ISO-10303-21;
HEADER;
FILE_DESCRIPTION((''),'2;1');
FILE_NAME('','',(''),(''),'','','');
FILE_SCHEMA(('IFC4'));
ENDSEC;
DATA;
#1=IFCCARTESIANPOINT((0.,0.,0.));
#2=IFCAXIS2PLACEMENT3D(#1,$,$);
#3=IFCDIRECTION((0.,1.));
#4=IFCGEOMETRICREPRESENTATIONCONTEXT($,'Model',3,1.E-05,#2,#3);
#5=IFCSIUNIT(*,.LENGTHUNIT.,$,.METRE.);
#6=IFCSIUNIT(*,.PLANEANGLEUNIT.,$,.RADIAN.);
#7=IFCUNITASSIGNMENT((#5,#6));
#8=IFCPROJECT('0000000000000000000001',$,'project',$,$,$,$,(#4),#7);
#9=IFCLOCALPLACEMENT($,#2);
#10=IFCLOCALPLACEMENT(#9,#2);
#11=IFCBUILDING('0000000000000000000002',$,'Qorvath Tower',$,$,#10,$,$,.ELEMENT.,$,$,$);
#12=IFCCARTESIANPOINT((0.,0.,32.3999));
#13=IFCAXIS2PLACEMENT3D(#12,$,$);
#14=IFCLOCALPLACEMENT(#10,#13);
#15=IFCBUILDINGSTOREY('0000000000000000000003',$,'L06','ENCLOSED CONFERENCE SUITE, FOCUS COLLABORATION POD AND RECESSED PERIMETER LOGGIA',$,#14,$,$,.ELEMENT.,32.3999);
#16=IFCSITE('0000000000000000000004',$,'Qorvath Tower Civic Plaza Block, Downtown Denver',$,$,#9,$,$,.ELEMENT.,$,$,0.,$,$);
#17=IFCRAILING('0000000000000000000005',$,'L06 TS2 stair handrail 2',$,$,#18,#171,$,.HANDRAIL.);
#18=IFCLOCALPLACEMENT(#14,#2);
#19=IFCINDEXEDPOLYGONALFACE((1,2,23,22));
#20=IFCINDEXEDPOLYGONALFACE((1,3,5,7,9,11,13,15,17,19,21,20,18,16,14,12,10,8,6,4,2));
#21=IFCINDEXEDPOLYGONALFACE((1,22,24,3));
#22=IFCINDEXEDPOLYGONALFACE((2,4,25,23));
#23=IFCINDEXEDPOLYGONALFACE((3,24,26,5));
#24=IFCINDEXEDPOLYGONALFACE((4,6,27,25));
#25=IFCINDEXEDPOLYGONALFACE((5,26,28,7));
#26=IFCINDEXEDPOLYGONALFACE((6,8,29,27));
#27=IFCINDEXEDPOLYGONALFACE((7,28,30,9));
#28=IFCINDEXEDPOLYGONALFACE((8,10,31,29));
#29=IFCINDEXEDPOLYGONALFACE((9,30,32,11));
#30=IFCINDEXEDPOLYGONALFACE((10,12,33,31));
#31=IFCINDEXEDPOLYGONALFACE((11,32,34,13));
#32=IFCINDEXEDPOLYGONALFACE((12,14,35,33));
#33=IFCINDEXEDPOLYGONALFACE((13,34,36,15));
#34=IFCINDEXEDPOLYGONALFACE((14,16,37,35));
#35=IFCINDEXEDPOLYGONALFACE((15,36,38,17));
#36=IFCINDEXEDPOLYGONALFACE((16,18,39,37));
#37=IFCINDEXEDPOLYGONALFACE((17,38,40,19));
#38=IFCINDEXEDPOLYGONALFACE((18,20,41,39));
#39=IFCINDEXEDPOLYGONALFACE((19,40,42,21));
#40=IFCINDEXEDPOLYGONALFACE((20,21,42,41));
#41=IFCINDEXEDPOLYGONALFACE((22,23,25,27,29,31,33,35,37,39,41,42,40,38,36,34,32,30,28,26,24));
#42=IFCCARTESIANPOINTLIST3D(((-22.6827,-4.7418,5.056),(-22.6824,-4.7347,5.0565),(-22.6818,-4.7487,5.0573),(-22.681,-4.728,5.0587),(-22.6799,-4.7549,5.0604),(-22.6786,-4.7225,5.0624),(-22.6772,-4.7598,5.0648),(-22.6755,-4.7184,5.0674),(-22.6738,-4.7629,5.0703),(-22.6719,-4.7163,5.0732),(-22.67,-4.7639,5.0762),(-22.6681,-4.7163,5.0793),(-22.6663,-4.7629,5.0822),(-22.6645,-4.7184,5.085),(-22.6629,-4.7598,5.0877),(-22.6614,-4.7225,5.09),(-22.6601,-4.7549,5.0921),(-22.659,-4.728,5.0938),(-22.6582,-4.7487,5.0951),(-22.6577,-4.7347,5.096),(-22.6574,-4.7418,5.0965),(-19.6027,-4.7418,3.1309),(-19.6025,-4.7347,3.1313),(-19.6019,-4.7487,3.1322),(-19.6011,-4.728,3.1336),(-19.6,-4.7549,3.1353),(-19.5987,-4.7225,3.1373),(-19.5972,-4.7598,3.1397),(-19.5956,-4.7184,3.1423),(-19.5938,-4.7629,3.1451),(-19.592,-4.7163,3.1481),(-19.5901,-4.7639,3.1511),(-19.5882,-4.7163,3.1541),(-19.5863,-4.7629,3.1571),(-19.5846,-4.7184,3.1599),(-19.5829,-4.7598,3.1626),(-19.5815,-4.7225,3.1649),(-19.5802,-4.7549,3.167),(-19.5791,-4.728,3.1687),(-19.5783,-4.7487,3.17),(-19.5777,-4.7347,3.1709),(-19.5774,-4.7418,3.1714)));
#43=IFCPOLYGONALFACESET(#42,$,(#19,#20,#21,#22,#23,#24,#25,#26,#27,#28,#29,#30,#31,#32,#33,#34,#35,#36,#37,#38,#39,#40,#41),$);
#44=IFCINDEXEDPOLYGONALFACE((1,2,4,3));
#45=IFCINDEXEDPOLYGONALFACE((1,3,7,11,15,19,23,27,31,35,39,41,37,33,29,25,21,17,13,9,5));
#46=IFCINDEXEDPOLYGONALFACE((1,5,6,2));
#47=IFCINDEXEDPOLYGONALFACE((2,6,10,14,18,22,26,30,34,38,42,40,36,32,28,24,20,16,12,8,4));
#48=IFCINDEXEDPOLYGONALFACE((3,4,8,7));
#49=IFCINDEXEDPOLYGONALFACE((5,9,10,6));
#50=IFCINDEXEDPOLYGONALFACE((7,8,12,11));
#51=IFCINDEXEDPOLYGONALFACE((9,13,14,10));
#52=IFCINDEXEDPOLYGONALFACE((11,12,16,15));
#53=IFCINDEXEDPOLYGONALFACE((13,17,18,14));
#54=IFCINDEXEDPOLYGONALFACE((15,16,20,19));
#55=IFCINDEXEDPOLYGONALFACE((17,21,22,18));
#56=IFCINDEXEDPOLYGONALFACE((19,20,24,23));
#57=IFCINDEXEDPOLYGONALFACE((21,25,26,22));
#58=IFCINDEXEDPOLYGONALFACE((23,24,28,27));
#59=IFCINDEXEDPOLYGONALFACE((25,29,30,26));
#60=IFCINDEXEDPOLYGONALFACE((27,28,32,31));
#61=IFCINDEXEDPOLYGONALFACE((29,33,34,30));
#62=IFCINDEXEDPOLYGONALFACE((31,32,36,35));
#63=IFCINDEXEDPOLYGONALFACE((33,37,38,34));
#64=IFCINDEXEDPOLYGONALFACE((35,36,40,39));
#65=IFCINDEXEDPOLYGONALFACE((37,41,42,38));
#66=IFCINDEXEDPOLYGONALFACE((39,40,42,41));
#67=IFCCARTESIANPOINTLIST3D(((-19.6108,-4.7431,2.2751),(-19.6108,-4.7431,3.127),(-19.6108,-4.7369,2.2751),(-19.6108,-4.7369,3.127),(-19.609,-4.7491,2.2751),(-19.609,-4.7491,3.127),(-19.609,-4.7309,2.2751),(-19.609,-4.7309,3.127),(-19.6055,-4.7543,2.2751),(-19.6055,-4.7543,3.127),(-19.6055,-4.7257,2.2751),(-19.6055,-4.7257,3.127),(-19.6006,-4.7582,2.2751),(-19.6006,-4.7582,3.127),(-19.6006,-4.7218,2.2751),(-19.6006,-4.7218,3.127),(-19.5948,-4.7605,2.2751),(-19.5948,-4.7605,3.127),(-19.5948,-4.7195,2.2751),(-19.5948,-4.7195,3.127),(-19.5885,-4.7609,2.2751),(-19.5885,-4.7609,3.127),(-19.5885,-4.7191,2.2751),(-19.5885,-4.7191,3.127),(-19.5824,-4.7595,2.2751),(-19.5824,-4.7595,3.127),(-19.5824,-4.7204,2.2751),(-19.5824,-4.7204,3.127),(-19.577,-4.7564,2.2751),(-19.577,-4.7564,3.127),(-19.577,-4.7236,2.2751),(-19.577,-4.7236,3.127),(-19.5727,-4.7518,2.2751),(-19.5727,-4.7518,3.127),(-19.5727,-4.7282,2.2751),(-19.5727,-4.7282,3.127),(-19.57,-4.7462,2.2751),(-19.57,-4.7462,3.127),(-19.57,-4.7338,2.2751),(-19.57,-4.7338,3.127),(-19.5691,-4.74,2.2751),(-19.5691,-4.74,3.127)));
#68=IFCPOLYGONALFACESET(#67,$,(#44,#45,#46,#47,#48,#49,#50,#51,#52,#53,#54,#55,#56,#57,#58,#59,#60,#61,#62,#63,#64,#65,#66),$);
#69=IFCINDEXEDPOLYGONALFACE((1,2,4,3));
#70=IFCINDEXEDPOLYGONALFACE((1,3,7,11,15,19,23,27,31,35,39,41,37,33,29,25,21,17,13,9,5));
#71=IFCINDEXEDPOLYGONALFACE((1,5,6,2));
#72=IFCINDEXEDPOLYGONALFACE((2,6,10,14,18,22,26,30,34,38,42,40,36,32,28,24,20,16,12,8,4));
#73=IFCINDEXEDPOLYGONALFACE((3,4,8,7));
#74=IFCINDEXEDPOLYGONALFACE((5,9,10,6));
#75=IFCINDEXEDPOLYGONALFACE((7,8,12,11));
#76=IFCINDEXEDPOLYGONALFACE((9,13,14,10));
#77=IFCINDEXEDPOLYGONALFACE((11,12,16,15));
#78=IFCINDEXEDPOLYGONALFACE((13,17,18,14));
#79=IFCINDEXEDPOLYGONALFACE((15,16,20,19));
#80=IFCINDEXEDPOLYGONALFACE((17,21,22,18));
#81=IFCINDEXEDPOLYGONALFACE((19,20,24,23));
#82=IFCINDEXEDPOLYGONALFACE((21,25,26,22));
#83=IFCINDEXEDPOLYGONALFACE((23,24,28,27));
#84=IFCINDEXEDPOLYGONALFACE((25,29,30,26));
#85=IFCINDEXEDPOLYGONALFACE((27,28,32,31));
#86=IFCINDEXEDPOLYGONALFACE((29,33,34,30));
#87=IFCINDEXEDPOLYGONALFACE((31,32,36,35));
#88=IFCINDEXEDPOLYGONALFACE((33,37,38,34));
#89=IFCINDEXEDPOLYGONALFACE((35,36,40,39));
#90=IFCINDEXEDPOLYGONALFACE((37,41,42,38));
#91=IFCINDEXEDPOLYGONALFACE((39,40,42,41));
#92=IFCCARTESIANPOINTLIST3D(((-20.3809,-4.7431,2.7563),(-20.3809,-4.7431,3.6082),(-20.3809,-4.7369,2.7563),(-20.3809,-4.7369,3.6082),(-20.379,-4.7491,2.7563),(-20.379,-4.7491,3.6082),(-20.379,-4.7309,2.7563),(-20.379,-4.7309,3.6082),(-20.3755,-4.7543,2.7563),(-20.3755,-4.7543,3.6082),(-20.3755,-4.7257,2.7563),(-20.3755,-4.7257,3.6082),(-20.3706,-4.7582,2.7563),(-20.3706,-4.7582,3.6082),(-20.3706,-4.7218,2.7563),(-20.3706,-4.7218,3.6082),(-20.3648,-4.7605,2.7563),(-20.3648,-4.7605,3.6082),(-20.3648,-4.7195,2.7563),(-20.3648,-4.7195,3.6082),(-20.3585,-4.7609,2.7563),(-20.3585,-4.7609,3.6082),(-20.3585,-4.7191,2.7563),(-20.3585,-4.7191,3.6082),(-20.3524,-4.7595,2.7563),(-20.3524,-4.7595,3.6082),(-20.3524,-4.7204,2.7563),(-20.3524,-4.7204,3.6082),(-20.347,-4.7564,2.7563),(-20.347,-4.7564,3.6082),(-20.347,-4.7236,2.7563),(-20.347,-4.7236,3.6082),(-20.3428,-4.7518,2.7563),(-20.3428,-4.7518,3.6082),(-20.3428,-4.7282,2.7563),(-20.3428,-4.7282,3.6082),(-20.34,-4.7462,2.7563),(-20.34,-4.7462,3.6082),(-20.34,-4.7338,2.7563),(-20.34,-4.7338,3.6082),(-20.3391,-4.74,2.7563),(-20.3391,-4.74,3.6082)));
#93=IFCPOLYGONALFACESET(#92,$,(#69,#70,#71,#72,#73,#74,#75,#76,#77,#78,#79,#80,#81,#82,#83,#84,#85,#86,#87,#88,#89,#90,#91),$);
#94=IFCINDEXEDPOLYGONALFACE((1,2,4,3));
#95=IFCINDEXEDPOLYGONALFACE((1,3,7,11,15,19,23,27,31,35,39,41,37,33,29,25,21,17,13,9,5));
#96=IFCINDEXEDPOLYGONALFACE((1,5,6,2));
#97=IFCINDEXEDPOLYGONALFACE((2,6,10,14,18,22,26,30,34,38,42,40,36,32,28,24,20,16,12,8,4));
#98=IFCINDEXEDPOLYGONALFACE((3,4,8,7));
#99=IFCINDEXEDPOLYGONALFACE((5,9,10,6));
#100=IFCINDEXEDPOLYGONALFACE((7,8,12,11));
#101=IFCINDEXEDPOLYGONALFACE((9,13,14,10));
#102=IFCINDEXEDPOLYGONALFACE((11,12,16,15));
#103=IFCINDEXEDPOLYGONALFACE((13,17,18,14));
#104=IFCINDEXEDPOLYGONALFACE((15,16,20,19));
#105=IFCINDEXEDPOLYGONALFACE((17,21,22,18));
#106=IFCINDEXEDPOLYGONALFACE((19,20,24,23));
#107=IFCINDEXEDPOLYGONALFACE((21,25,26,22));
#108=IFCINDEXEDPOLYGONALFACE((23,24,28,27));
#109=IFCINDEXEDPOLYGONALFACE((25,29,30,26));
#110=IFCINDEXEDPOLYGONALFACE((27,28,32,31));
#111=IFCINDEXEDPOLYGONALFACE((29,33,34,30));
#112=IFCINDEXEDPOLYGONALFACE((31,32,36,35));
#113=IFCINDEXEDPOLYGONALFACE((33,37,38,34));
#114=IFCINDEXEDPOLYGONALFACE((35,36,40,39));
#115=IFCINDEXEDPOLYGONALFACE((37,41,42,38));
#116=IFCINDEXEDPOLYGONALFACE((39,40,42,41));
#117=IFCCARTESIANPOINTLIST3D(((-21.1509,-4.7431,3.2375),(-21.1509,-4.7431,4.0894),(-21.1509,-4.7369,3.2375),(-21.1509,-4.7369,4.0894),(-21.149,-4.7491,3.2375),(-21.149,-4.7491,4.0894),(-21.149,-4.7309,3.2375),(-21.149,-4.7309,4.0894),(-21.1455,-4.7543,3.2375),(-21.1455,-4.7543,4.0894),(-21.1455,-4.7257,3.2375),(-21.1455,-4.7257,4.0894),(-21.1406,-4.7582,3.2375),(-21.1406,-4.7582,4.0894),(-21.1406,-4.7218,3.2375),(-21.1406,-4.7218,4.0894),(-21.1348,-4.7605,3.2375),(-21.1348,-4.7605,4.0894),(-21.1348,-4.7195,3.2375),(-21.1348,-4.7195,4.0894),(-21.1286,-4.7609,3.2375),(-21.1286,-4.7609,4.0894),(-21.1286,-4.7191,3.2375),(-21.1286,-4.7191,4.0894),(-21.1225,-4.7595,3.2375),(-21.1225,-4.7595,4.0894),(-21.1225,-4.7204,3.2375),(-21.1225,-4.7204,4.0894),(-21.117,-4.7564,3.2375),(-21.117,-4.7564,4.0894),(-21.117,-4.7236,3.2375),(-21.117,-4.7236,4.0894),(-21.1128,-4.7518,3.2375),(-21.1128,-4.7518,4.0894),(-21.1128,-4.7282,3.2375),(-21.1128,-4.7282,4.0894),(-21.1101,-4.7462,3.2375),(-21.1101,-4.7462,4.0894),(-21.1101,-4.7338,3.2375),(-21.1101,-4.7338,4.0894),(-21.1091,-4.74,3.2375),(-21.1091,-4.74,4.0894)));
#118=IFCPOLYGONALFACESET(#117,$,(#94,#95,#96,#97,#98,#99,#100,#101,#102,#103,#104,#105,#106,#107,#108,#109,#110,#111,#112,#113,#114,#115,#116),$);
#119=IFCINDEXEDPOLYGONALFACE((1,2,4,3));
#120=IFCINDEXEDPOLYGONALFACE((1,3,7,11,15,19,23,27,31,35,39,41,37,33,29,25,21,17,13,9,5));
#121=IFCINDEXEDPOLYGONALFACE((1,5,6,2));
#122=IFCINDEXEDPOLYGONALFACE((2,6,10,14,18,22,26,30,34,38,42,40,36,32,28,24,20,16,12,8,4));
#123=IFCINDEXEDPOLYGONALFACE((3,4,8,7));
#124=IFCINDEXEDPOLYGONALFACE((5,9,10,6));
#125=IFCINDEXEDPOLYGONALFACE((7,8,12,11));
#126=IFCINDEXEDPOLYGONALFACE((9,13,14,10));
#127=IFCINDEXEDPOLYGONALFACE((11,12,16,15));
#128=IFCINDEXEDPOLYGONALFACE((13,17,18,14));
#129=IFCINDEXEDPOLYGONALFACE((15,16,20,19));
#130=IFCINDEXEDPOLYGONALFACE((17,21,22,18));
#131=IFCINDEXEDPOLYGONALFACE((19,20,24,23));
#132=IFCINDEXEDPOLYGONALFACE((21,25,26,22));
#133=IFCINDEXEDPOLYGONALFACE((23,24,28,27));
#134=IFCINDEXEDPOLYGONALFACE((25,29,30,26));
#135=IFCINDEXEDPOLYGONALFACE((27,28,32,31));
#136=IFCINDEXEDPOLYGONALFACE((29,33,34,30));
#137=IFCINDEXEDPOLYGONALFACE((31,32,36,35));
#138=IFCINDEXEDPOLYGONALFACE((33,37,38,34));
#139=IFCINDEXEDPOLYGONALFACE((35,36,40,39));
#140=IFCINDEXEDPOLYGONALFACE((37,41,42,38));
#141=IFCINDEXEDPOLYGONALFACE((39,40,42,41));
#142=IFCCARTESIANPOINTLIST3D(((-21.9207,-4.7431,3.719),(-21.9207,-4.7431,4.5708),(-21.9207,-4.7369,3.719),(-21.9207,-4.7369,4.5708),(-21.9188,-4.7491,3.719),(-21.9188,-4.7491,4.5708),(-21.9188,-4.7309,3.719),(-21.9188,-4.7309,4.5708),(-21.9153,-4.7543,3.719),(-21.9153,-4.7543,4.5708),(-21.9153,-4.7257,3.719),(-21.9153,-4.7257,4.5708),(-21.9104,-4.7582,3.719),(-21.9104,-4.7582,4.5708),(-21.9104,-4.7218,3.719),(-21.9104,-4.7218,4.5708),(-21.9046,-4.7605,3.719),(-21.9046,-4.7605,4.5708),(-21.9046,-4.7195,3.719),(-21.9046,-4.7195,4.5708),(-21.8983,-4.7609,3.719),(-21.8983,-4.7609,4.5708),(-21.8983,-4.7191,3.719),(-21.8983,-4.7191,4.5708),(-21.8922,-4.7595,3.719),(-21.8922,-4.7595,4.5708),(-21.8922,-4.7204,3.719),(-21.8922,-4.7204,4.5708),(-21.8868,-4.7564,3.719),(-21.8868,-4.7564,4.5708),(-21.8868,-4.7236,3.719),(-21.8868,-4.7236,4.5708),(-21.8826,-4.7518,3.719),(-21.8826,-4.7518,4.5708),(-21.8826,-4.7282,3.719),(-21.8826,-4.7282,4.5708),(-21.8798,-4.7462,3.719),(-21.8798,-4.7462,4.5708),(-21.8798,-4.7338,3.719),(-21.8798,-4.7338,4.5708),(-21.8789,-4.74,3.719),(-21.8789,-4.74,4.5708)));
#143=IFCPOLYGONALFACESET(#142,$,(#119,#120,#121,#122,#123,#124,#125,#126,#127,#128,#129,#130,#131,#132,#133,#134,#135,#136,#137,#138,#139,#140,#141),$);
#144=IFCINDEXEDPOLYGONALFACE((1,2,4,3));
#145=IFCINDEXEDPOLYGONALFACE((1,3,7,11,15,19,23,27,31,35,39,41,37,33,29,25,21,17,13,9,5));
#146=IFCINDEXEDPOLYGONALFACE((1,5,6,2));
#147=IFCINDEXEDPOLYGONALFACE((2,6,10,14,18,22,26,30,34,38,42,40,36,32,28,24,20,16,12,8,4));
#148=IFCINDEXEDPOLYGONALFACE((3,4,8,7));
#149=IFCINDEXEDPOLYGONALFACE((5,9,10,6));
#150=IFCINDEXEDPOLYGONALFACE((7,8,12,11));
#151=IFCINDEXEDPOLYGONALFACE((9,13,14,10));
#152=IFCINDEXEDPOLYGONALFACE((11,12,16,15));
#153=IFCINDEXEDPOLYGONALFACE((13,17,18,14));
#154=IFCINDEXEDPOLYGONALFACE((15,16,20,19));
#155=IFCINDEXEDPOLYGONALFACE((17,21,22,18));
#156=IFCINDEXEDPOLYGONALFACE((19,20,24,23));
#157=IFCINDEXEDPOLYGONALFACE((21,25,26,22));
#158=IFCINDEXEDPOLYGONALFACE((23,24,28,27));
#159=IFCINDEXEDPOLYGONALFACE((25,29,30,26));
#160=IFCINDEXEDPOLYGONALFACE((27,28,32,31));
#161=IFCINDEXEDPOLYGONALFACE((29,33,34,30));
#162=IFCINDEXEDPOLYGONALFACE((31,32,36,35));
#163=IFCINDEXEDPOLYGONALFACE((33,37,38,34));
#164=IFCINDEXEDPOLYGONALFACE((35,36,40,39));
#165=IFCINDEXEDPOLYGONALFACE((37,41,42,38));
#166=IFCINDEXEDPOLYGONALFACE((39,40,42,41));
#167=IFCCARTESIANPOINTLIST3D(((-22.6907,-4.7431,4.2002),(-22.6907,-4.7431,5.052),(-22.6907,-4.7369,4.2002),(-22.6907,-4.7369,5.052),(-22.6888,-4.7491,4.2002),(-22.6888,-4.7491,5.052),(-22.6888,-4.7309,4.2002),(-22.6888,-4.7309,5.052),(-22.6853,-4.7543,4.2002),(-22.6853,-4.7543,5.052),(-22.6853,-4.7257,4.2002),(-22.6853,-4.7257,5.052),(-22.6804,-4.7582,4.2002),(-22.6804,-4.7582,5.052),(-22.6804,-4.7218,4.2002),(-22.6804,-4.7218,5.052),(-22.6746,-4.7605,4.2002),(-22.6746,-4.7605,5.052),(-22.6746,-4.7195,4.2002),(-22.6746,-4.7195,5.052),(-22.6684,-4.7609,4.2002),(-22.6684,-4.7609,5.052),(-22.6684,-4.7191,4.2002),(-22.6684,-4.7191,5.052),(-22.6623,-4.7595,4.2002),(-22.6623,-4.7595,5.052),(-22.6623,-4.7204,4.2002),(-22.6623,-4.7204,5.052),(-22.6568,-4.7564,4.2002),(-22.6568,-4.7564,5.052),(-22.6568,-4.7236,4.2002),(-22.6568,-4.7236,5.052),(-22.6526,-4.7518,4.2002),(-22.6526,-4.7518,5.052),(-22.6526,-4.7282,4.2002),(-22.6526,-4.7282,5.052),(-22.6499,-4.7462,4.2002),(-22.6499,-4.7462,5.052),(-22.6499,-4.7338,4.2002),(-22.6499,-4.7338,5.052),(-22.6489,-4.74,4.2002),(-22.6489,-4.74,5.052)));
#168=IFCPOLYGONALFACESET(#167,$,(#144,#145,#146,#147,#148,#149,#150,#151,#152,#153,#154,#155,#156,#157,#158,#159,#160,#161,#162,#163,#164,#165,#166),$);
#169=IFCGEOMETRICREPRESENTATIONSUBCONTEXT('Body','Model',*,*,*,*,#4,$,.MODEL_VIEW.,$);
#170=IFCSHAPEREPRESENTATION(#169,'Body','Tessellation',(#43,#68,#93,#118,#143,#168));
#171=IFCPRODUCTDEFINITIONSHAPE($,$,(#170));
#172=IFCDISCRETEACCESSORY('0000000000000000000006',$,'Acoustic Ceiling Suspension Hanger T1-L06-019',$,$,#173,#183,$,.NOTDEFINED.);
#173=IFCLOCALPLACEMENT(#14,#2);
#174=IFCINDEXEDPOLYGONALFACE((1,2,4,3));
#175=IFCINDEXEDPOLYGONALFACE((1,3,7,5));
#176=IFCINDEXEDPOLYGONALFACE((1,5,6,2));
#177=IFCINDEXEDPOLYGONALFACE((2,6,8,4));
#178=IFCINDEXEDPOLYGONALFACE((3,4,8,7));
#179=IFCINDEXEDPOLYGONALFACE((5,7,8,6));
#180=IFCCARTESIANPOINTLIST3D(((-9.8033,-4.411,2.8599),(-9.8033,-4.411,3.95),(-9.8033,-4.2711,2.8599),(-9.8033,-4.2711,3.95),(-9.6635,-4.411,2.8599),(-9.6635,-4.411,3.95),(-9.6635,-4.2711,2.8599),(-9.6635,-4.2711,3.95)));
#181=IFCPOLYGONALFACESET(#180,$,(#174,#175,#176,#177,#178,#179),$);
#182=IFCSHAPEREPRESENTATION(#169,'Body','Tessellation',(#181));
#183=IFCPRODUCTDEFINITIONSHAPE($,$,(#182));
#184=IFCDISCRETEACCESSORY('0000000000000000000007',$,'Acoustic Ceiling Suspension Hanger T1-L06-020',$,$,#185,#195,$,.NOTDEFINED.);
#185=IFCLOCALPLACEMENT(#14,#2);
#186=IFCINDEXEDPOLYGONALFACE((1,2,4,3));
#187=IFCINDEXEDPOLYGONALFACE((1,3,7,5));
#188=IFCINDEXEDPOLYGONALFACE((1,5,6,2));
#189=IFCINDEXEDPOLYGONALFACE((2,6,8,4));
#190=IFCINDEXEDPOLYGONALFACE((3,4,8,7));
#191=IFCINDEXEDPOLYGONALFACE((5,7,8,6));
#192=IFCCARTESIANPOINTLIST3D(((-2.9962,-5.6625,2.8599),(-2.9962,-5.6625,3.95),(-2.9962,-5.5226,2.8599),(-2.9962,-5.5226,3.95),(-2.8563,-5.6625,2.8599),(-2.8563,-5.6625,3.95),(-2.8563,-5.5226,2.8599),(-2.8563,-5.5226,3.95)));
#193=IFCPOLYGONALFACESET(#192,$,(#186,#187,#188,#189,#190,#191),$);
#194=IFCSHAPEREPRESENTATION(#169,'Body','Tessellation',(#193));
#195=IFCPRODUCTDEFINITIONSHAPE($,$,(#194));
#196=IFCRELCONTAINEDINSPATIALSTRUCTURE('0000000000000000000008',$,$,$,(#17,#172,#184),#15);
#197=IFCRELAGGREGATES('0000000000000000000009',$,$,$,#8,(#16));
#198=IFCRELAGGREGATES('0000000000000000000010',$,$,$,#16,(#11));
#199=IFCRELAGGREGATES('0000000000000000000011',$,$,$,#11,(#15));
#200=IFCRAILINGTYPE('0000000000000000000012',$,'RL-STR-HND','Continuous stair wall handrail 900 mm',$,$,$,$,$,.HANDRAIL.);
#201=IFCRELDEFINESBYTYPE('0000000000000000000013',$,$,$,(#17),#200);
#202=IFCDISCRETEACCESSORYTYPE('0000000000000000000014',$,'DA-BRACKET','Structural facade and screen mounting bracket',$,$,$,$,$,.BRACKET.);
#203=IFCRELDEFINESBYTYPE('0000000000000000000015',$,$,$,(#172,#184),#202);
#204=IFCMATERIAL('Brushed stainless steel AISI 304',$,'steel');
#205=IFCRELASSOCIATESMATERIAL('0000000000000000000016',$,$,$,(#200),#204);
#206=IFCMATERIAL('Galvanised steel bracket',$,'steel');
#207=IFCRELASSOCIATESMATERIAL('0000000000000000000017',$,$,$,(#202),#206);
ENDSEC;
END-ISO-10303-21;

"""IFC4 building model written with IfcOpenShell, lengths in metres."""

from ifc_helpers import new_model, si_unit, direction, frame, origin, origin_2d, place, context, subcontext, project, spatial, rectangle, circle, extrude, material, type_object, element, save


model = new_model("IFC4")

# Units and contexts
model_context = context("Model", 3, precision=1e-05, world=origin(), true_north=direction((0.0, 1.0)))
body_context = subcontext(model_context, "Body", "Model", "MODEL_VIEW")
ifc_project = project(units=[si_unit("LENGTHUNIT", "METRE"), si_unit("PLANEANGLEUNIT", "RADIAN")], contexts=[model_context])

# Site, building, storey
site_placement = place(None, origin())
site = spatial("IfcSite", under=ifc_project, at=site_placement, Name="Qorvath Tower Civic Plaza Block, Downtown Denver", CompositionType="ELEMENT", RefElevation=0.0)
building_placement = place(site_placement, origin())
building = spatial("IfcBuilding", under=site, at=building_placement, Name="Qorvath Tower", CompositionType="ELEMENT")
storey_placement = place(building_placement, frame((0.0, 0.0, 32.3999)))
storey = spatial("IfcBuildingStorey", under=building, at=storey_placement, Name="L06", Description="ENCLOSED CONFERENCE SUITE, FOCUS COLLABORATION POD AND RECESSED PERIMETER LOGGIA", CompositionType="ELEMENT", Elevation=32.3999)

# Railing
ifc_material_1 = material(Name="Brushed stainless steel AISI 304", Category="steel")
railing_type_1 = type_object("IfcRailingType", Name="RL-STR-HND", Description="Continuous stair wall handrail 900 mm", PredefinedType="HANDRAIL", material=ifc_material_1)
railing_1_placement = place(storey_placement, frame((-19.5901, -4.74, 2.2751)))
element("IfcRailing", 1, at=railing_1_placement, inside=storey, type_object=railing_type_1, Name="L06 TS2 stair handrail 2", PredefinedType="HANDRAIL", context=body_context, shape_type="SweptSolid", body=[
    extrude(circle(Radius=0.0239, at=origin_2d()), frame((0.0, 0.0, 0.876), z_axis=(-0.847979, 0.0, 0.530029), x_axis=(0.0, -1.0, 0.0)), (0.0, 0.0, 1.0), 3.6321),
    extrude(circle(Radius=0.021, at=origin_2d()), origin(), (0.0, 0.0, 1.0), 0.8518),
    extrude(circle(Radius=0.021, at=origin_2d()), frame((-0.77, 0.0, 0.4812)), (0.0, 0.0, 1.0), 0.8518),
    extrude(circle(Radius=0.021, at=origin_2d()), frame((-1.54, 0.0, 0.9624)), (0.0, 0.0, 1.0), 0.8518),
    extrude(circle(Radius=0.021, at=origin_2d()), frame((-2.3098, 0.0, 1.4438)), (0.0, 0.0, 1.0), 0.8518),
    extrude(circle(Radius=0.021, at=origin_2d()), frame((-3.0798, 0.0, 1.925)), (0.0, 0.0, 1.0), 0.8518),
])

# Discrete accessories
ifc_material_2 = material(Name="Galvanised steel bracket", Category="steel")
discrete_accessory_type = type_object("IfcDiscreteAccessoryType", Name="DA-BRACKET", Description="Structural facade and screen mounting bracket", PredefinedType="BRACKET", material=ifc_material_2)
for number, where, z_axis, x_axis, name in (
    (2, (-9.7334, -4.3411, 2.8599), (0.0, 0.0, 1.0), (1.0, 0.0, 0.0), "Acoustic Ceiling Suspension Hanger T1-L06-019"),
    (3, (-2.9263, -5.5925, 2.8599), (0.0, 0.0, 1.0), (1.0, 0.0, 0.0), "Acoustic Ceiling Suspension Hanger T1-L06-020"),
):
    element("IfcDiscreteAccessory", number, at=place(storey_placement, frame(where, z_axis=z_axis, x_axis=x_axis)), inside=storey, type_object=discrete_accessory_type, Name=name, PredefinedType="NOTDEFINED", context=body_context, shape_type="SweptSolid", body=[
        extrude(rectangle(XDim=0.1399, YDim=0.1399, at=origin_2d()), origin(), (0.0, 0.0, 1.0), 1.0901),
    ])

save(model, "model.ifc")
